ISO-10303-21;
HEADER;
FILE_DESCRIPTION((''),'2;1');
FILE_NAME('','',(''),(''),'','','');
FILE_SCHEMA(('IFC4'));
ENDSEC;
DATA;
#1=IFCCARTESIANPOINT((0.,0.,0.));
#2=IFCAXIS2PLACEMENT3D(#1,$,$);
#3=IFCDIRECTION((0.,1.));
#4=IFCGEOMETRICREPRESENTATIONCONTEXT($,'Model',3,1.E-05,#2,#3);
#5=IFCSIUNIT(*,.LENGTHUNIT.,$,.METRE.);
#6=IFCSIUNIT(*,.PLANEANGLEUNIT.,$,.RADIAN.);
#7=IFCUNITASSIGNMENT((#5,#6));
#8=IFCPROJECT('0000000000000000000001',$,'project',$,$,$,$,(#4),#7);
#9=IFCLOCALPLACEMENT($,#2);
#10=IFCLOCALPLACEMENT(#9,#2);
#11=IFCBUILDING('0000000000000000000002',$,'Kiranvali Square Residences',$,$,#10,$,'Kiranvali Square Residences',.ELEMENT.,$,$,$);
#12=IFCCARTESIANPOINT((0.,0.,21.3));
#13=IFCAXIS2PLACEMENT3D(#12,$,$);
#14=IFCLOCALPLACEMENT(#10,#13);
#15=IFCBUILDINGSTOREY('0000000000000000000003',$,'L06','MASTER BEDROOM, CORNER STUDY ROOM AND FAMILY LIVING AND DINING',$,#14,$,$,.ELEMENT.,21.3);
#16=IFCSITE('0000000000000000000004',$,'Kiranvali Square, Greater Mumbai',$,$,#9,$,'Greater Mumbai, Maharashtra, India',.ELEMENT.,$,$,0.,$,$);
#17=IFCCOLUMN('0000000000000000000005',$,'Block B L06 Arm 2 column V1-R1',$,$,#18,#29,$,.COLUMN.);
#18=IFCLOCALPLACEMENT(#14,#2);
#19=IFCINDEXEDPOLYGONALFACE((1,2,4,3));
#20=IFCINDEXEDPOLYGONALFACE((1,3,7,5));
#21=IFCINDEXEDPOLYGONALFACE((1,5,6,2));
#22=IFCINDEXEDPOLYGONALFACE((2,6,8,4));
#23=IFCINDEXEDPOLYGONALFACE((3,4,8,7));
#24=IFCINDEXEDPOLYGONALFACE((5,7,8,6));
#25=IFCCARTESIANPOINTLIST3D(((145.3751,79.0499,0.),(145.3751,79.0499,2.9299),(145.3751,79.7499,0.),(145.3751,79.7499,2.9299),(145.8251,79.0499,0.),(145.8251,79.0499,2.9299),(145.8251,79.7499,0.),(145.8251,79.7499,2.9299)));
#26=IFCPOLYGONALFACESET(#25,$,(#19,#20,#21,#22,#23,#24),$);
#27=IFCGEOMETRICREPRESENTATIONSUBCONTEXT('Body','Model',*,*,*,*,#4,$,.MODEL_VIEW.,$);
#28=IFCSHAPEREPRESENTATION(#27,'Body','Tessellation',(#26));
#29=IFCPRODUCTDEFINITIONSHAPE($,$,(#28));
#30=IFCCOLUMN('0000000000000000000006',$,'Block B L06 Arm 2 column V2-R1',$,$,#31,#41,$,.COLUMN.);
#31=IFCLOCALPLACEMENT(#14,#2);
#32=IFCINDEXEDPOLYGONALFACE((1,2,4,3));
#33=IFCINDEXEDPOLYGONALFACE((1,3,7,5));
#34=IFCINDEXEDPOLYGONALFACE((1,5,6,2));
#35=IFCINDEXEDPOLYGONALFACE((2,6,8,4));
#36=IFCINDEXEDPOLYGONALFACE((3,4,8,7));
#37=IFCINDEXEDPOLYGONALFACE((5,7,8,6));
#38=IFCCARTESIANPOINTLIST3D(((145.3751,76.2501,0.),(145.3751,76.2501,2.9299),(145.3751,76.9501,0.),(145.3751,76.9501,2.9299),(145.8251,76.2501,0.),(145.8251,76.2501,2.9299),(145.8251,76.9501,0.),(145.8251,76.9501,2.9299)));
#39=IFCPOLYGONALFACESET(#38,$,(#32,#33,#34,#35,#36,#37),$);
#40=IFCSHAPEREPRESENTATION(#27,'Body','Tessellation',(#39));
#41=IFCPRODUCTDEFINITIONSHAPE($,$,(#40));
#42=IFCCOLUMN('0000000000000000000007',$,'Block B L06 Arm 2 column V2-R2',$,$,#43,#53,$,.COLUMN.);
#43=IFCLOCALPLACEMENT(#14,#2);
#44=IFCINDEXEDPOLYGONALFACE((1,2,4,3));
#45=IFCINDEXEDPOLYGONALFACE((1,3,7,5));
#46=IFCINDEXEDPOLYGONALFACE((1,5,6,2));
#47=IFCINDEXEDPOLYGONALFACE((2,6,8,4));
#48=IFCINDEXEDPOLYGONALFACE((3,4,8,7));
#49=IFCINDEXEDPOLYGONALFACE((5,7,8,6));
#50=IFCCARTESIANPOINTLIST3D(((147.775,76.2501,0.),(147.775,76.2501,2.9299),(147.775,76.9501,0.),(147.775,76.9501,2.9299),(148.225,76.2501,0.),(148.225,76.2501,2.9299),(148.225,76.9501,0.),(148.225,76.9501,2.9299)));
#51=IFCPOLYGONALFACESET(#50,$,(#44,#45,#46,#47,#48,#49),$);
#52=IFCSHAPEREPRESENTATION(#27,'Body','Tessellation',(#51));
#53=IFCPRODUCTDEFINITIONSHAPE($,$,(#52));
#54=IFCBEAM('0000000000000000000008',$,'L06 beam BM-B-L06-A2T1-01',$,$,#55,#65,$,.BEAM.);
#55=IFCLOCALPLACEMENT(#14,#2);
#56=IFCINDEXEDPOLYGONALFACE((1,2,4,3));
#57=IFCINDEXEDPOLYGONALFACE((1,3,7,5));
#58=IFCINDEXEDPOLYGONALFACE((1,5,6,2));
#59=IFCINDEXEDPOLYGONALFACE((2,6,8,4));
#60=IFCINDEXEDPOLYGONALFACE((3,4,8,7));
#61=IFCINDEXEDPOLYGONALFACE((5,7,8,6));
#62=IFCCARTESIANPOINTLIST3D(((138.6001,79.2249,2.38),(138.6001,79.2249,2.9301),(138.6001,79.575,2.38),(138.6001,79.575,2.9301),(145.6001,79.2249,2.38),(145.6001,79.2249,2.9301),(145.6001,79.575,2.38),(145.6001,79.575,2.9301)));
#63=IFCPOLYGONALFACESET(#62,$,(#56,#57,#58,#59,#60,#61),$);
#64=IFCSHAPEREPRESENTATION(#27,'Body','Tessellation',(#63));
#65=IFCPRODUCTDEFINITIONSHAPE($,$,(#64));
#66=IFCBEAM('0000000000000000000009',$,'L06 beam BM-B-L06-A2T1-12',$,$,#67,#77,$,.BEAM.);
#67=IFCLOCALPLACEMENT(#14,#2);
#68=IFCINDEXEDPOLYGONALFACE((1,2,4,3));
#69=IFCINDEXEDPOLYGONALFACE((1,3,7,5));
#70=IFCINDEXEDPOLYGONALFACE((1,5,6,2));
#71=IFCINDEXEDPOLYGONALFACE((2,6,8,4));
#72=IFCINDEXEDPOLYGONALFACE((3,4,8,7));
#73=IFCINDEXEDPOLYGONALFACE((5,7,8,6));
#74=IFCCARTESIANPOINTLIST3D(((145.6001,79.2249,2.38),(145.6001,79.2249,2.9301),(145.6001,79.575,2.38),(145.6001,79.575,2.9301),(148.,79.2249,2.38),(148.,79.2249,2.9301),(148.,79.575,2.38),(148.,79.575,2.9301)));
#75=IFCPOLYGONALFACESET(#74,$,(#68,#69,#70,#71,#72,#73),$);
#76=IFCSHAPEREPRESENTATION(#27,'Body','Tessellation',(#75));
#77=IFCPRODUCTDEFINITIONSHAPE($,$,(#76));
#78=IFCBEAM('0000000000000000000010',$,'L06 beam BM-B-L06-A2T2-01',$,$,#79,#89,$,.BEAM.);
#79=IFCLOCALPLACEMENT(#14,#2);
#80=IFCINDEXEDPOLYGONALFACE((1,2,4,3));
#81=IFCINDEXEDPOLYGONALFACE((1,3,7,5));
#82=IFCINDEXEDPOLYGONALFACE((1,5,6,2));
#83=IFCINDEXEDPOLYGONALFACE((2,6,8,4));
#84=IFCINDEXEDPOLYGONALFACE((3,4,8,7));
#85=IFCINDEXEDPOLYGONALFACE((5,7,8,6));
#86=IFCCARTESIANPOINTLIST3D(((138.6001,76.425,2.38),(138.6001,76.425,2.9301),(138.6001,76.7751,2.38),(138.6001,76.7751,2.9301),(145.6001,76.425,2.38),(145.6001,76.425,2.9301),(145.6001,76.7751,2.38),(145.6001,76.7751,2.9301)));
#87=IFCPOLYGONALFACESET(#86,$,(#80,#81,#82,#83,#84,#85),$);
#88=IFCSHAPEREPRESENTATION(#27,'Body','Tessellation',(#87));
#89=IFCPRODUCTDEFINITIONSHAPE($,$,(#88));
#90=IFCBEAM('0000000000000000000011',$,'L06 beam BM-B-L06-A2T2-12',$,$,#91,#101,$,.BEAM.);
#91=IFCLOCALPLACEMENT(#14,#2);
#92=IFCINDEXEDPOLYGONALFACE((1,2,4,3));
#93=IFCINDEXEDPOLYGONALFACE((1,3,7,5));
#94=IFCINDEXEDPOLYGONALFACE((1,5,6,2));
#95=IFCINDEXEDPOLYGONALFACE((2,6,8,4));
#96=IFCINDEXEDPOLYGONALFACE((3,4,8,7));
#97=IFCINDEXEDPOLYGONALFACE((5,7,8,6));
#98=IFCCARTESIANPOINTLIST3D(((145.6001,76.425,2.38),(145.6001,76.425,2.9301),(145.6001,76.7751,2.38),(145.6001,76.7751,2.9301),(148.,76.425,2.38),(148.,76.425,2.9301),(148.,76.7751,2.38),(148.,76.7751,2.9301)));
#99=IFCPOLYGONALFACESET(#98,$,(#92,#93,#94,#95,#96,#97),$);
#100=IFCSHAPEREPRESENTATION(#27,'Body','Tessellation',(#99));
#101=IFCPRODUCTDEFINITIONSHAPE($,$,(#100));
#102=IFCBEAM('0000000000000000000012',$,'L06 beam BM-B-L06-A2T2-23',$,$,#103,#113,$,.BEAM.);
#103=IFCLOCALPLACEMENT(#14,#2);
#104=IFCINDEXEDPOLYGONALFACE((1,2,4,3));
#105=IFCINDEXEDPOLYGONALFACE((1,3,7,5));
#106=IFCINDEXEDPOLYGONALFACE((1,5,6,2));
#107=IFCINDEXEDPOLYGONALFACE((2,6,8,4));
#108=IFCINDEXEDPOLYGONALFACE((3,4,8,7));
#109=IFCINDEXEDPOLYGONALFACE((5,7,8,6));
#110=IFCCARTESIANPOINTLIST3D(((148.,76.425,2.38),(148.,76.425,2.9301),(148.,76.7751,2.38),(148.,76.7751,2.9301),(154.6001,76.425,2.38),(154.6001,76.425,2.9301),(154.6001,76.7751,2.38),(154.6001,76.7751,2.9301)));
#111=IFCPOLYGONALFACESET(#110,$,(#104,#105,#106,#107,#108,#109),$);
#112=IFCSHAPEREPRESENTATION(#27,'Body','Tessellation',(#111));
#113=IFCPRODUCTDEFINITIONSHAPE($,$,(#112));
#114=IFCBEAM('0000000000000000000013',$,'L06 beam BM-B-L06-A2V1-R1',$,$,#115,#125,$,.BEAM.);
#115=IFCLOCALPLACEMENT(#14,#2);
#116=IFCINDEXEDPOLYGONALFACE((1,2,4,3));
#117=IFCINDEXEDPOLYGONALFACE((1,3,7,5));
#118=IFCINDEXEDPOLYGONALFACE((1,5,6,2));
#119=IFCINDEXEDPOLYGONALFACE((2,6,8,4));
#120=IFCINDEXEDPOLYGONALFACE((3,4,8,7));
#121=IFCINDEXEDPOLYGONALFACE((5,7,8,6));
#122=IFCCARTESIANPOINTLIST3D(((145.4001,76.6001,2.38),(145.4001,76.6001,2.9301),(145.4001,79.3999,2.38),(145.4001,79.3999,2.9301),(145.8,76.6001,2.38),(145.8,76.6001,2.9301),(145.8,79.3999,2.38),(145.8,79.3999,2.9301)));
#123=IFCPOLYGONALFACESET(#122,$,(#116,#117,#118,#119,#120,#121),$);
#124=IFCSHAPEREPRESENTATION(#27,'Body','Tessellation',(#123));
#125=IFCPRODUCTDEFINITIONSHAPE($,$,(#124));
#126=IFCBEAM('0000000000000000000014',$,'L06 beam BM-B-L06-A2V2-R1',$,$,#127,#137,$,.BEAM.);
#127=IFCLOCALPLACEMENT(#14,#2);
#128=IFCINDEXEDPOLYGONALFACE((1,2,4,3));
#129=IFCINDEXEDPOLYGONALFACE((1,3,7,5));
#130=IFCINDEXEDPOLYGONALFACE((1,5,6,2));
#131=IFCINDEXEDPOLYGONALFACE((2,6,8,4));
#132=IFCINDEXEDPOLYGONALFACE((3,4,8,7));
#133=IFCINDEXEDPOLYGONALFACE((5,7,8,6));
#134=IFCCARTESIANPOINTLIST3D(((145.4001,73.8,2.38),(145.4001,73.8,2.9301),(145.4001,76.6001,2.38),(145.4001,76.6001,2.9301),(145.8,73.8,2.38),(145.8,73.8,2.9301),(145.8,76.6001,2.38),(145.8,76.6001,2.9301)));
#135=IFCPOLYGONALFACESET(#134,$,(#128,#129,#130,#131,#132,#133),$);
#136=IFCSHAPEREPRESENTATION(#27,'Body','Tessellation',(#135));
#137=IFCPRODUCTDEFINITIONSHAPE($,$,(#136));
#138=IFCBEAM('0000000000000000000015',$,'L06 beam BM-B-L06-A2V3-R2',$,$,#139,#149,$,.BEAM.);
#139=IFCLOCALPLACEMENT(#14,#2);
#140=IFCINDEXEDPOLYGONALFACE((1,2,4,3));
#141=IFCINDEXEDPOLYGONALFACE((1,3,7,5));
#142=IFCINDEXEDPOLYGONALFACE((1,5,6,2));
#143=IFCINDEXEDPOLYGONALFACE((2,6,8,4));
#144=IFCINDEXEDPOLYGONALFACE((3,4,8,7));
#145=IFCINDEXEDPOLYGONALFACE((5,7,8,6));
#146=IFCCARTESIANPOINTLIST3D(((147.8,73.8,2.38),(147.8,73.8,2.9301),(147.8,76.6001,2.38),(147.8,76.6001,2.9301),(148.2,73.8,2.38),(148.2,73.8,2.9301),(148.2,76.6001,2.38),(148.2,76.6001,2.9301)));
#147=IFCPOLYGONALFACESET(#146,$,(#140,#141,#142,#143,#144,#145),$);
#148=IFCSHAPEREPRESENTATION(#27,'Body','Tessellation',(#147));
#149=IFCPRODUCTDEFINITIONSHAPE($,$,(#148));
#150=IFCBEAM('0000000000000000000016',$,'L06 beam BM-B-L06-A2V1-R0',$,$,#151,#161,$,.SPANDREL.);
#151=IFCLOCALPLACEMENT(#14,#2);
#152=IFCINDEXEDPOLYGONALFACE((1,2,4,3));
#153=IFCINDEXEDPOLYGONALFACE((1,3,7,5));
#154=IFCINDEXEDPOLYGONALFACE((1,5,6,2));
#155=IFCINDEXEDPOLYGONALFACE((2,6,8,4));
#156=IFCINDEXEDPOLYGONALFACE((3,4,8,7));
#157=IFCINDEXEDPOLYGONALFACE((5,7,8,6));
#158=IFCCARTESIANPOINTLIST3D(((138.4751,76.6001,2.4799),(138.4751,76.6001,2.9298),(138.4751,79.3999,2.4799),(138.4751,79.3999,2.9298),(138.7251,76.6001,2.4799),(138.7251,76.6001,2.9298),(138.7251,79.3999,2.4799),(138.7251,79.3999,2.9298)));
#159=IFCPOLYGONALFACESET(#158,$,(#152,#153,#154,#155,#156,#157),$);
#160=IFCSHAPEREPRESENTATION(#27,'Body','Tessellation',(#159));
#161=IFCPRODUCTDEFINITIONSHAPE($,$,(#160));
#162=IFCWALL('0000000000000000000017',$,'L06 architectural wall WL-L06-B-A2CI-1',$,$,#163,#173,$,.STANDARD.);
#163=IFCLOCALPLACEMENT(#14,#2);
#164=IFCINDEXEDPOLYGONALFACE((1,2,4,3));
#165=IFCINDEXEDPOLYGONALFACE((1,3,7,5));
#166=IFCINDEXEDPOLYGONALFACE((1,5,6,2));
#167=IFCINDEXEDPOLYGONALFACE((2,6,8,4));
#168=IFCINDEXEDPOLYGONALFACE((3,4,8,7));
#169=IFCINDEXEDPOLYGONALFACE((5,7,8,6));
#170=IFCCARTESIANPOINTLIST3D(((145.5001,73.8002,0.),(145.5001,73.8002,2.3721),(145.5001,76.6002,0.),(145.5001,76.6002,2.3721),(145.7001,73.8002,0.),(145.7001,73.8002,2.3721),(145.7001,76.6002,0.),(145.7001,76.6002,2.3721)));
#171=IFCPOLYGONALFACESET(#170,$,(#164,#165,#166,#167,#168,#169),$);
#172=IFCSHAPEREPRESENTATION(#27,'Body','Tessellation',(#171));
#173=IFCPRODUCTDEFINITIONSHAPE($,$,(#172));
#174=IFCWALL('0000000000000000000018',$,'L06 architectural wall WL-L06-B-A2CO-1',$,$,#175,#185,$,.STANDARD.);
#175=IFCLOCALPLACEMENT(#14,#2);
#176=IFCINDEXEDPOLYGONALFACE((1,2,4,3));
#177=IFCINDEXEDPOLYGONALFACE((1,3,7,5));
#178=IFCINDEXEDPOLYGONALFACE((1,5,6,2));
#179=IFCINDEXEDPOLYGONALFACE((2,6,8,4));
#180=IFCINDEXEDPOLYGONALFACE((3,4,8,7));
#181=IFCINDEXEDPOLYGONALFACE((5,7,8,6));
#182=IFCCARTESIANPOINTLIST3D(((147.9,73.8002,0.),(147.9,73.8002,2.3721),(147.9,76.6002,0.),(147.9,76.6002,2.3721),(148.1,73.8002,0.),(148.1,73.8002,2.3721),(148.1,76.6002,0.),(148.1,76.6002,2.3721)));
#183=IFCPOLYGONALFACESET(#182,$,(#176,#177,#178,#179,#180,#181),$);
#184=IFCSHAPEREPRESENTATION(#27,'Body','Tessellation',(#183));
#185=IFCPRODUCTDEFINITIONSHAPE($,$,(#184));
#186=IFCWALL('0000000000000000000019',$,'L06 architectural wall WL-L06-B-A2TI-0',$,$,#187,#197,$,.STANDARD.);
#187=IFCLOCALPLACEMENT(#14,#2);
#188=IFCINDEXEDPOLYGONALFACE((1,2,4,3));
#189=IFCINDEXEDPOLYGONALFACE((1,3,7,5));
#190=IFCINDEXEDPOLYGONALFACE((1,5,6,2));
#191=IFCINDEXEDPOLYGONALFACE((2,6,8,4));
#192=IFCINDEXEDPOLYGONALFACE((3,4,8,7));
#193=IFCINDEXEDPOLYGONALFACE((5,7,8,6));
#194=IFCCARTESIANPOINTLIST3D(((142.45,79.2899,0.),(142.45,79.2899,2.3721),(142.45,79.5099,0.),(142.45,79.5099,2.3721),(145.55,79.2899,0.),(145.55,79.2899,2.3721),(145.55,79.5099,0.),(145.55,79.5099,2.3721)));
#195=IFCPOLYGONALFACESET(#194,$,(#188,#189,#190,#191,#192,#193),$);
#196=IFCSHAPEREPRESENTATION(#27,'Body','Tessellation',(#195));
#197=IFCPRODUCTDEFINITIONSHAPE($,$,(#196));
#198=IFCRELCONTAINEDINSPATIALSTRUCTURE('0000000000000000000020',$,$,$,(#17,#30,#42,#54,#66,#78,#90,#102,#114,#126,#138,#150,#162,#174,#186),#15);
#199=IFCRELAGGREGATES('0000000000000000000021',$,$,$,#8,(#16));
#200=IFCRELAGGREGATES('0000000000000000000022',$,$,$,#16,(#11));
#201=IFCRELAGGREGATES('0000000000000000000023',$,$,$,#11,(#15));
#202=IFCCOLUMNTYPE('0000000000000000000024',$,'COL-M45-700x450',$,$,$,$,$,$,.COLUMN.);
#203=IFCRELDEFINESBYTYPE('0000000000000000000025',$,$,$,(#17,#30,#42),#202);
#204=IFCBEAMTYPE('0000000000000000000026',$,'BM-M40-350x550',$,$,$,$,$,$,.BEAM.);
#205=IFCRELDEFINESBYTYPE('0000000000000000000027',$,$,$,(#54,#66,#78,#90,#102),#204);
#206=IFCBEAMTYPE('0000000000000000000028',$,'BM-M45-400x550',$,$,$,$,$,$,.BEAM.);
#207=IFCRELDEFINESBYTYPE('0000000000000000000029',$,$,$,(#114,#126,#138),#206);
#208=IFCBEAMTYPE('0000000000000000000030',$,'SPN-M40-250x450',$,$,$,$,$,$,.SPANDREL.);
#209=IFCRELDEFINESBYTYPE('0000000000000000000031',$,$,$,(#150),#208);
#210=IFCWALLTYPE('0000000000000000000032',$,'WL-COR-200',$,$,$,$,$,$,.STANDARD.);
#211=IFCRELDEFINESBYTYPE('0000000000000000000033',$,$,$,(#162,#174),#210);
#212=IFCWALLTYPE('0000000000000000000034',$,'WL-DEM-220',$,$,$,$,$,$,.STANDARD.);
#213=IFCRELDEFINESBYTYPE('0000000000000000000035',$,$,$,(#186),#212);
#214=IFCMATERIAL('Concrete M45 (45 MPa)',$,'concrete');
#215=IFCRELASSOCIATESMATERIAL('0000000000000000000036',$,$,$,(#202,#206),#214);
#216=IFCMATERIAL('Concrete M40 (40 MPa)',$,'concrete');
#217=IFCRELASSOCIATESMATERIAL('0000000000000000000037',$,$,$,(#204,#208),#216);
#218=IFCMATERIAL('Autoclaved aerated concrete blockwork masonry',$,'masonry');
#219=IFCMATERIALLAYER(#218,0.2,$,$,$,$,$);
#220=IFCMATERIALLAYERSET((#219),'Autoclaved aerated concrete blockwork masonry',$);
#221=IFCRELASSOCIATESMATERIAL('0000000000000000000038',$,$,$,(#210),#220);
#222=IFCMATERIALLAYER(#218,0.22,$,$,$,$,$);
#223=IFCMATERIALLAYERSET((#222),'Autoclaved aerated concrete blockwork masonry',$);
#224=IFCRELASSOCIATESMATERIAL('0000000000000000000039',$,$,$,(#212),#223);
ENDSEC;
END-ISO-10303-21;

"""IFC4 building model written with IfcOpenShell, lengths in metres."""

from ifc_helpers import new_model, si_unit, direction, frame, frame_2d, origin, origin_2d, place, context, subcontext, project, spatial, rectangle, extrude, material, layer, layer_set, material_profile, profile_set, type_object, element, save


model = new_model("IFC4")

# Units and contexts
model_context = context("Model", 3, precision=1e-05, world=origin(), true_north=direction((0.0, 1.0)))
body_context = subcontext(model_context, "Body", "Model", "MODEL_VIEW")
ifc_project = project(units=[si_unit("LENGTHUNIT", "METRE"), si_unit("PLANEANGLEUNIT", "RADIAN")], contexts=[model_context])

# Site, building, storey
site_placement = place(None, origin())
site = spatial("IfcSite", under=ifc_project, at=site_placement, Name="Kiranvali Square, Greater Mumbai", LongName="Greater Mumbai, Maharashtra, India", CompositionType="ELEMENT", RefElevation=0.0)
building_placement = place(site_placement, origin())
building = spatial("IfcBuilding", under=site, at=building_placement, Name="Kiranvali Square Residences", LongName="Kiranvali Square Residences", CompositionType="ELEMENT")
storey_placement = place(building_placement, frame((0.0, 0.0, 21.3)))
storey = spatial("IfcBuildingStorey", under=building, at=storey_placement, Name="L06", Description="MASTER BEDROOM, CORNER STUDY ROOM AND FAMILY LIVING AND DINING", CompositionType="ELEMENT", Elevation=21.3)

# Columns
ifc_material_1 = material(Name="Concrete M45 (45 MPa)", Category="concrete")
ifc_material_profile_1 = material_profile(ifc_material_1, rectangle(XDim=0.45, YDim=0.7, at=origin_2d()), Name="RC 700x450")
ifc_profile_set_1 = profile_set([ifc_material_profile_1], Name="Concrete M45 (45 MPa)")
column_type = type_object("IfcColumnType", Name="COL-M45-700x450", PredefinedType="COLUMN", material=ifc_profile_set_1)
for number, where, z_axis, x_axis, name in (
    (1, (145.6001, 79.3999, 0.0), (0.0, 0.0, 1.0), (1.0, 0.0, 0.0), "Block B L06 Arm 2 column V1-R1"),
    (2, (145.6001, 76.6001, 0.0), (0.0, 0.0, 1.0), (1.0, 0.0, 0.0), "Block B L06 Arm 2 column V2-R1"),
    (3, (148.0, 76.6001, 0.0), (0.0, 0.0, 1.0), (1.0, 0.0, 0.0), "Block B L06 Arm 2 column V2-R2"),
):
    element("IfcColumn", number, at=place(storey_placement, frame(where, z_axis=z_axis, x_axis=x_axis)), inside=storey, type_object=column_type, Name=name, PredefinedType="COLUMN", context=body_context, shape_type="SweptSolid", body=[
        extrude(rectangle(XDim=0.45, YDim=0.7, at=origin_2d()), origin(), (0.0, 0.0, 1.0), 2.9299),
    ])

# Beams
ifc_material_2 = material(Name="Concrete M40 (40 MPa)", Category="concrete")
ifc_material_profile_2 = material_profile(ifc_material_2, rectangle(XDim=0.3501, YDim=0.55, at=origin_2d()), Name="RC 350x550")
ifc_profile_set_2 = profile_set([ifc_material_profile_2], Name="Concrete M40 (40 MPa)")
beam_type_1 = type_object("IfcBeamType", Name="BM-M40-350x550", PredefinedType="BEAM", material=ifc_profile_set_2)
beam_1_placement = place(storey_placement, frame((138.6001, 79.3999, 2.655), z_axis=(1.0, 0.0, 0.0), x_axis=(0.0, 1.0, 0.0)))
element("IfcBeam", 4, at=beam_1_placement, inside=storey, type_object=beam_type_1, Name="L06 beam BM-B-L06-A2T1-01", PredefinedType="BEAM", context=body_context, shape_type="SweptSolid", body=[
    extrude(rectangle(XDim=0.3501, YDim=0.55, at=origin_2d()), origin(), (0.0, 0.0, 1.0), 7.0),
])
beam_2_placement = place(storey_placement, frame((145.6001, 79.3999, 2.655), z_axis=(1.0, 0.0, 0.0), x_axis=(0.0, 1.0, 0.0)))
element("IfcBeam", 5, at=beam_2_placement, inside=storey, type_object=beam_type_1, Name="L06 beam BM-B-L06-A2T1-12", PredefinedType="BEAM", context=body_context, shape_type="SweptSolid", body=[
    extrude(rectangle(XDim=0.3501, YDim=0.55, at=origin_2d()), origin(), (0.0, 0.0, 1.0), 2.3999),
])
beam_3_placement = place(storey_placement, frame((138.6001, 76.6001, 2.655), z_axis=(1.0, 0.0, 0.0), x_axis=(0.0, 1.0, 0.0)))
element("IfcBeam", 6, at=beam_3_placement, inside=storey, type_object=beam_type_1, Name="L06 beam BM-B-L06-A2T2-01", PredefinedType="BEAM", context=body_context, shape_type="SweptSolid", body=[
    extrude(rectangle(XDim=0.3501, YDim=0.55, at=origin_2d()), origin(), (0.0, 0.0, 1.0), 7.0),
])
beam_4_placement = place(storey_placement, frame((145.6001, 76.6001, 2.655), z_axis=(1.0, 0.0, 0.0), x_axis=(0.0, 1.0, 0.0)))
element("IfcBeam", 7, at=beam_4_placement, inside=storey, type_object=beam_type_1, Name="L06 beam BM-B-L06-A2T2-12", PredefinedType="BEAM", context=body_context, shape_type="SweptSolid", body=[
    extrude(rectangle(XDim=0.3501, YDim=0.55, at=origin_2d()), origin(), (0.0, 0.0, 1.0), 2.3999),
])
beam_5_placement = place(storey_placement, frame((148.0, 76.6001, 2.655), z_axis=(1.0, 0.0, 0.0), x_axis=(0.0, 1.0, 0.0)))
element("IfcBeam", 8, at=beam_5_placement, inside=storey, type_object=beam_type_1, Name="L06 beam BM-B-L06-A2T2-23", PredefinedType="BEAM", context=body_context, shape_type="SweptSolid", body=[
    extrude(rectangle(XDim=0.3501, YDim=0.55, at=origin_2d()), origin(), (0.0, 0.0, 1.0), 6.6001),
])
ifc_material_profile_3 = material_profile(ifc_material_1, rectangle(XDim=0.3999, YDim=0.55, at=origin_2d()), Name="RC 400x550")
ifc_profile_set_3 = profile_set([ifc_material_profile_3], Name="Concrete M45 (45 MPa)")
beam_type_2 = type_object("IfcBeamType", Name="BM-M45-400x550", PredefinedType="BEAM", material=ifc_profile_set_3)
beam_6_placement = place(storey_placement, frame((145.6001, 79.3999, 2.655), z_axis=(0.0, -1.0, 0.0), x_axis=(1.0, 0.0, 0.0)))
element("IfcBeam", 9, at=beam_6_placement, inside=storey, type_object=beam_type_2, Name="L06 beam BM-B-L06-A2V1-R1", PredefinedType="BEAM", context=body_context, shape_type="SweptSolid", body=[
    extrude(rectangle(XDim=0.3999, YDim=0.55, at=origin_2d()), origin(), (0.0, 0.0, 1.0), 2.7998),
])
for number, where, z_axis, x_axis, name in (
    (10, (145.6001, 76.6001, 2.655), (0.0, -1.0, 0.0), (1.0, 0.0, 0.0), "L06 beam BM-B-L06-A2V2-R1"),
    (11, (148.0, 76.6001, 2.655), (0.0, -1.0, 0.0), (1.0, 0.0, 0.0), "L06 beam BM-B-L06-A2V3-R2"),
):
    element("IfcBeam", number, at=place(storey_placement, frame(where, z_axis=z_axis, x_axis=x_axis)), inside=storey, type_object=beam_type_2, Name=name, PredefinedType="BEAM", context=body_context, shape_type="SweptSolid", body=[
        extrude(rectangle(XDim=0.3999, YDim=0.55, at=origin_2d()), origin(), (0.0, 0.0, 1.0), 2.8),
    ])
ifc_material_profile_4 = material_profile(ifc_material_2, rectangle(XDim=0.25, YDim=0.45, at=origin_2d()), Name="RC 250x450")
ifc_profile_set_4 = profile_set([ifc_material_profile_4], Name="Concrete M40 (40 MPa)")
beam_type_3 = type_object("IfcBeamType", Name="SPN-M40-250x450", PredefinedType="SPANDREL", material=ifc_profile_set_4)
beam_7_placement = place(storey_placement, frame((138.6001, 79.3999, 2.7048), z_axis=(0.0, -1.0, 0.0), x_axis=(1.0, 0.0, 0.0)))
element("IfcBeam", 12, at=beam_7_placement, inside=storey, type_object=beam_type_3, Name="L06 beam BM-B-L06-A2V1-R0", PredefinedType="SPANDREL", context=body_context, shape_type="SweptSolid", body=[
    extrude(rectangle(XDim=0.25, YDim=0.45, at=origin_2d()), origin(), (0.0, 0.0, 1.0), 2.7998),
])

# Walls
ifc_material_3 = material(Name="Autoclaved aerated concrete blockwork masonry", Category="masonry")
ifc_layer_1 = layer(ifc_material_3, 0.2)
ifc_layer_set_1 = layer_set([ifc_layer_1], Name="Autoclaved aerated concrete blockwork masonry")
wall_type_1 = type_object("IfcWallType", Name="WL-COR-200", PredefinedType="STANDARD", material=ifc_layer_set_1)
for number, where, z_axis, x_axis, name in (
    (13, (145.6001, 76.6001, 0.0), (0.0, 0.0, 1.0), (0.0, -1.0, 0.0), "L06 architectural wall WL-L06-B-A2CI-1"),
    (14, (148.0, 76.6001, 0.0), (0.0, 0.0, 1.0), (0.0, -1.0, 0.0), "L06 architectural wall WL-L06-B-A2CO-1"),
):
    element("IfcWall", number, at=place(storey_placement, frame(where, z_axis=z_axis, x_axis=x_axis)), inside=storey, type_object=wall_type_1, Name=name, PredefinedType="STANDARD", context=body_context, shape_type="SweptSolid", body=[
        extrude(rectangle(XDim=2.8, YDim=0.2, at=frame_2d((1.3999, 0.0))), origin(), (0.0, 0.0, 1.0), 2.3721),
    ])
ifc_layer_2 = layer(ifc_material_3, 0.22)
ifc_layer_set_2 = layer_set([ifc_layer_2], Name="Autoclaved aerated concrete blockwork masonry")
wall_type_2 = type_object("IfcWallType", Name="WL-DEM-220", PredefinedType="STANDARD", material=ifc_layer_set_2)
wall_1_placement = place(storey_placement, frame((142.45, 79.3999, 0.0), z_axis=(0.0, 0.0, 1.0), x_axis=(1.0, 0.0, 0.0)))
element("IfcWall", 15, at=wall_1_placement, inside=storey, type_object=wall_type_2, Name="L06 architectural wall WL-L06-B-A2TI-0", PredefinedType="STANDARD", context=body_context, shape_type="SweptSolid", body=[
    extrude(rectangle(XDim=3.1001, YDim=0.22, at=frame_2d((1.55, 0.0))), origin(), (0.0, 0.0, 1.0), 2.3721),
])

save(model, "model.ifc")
